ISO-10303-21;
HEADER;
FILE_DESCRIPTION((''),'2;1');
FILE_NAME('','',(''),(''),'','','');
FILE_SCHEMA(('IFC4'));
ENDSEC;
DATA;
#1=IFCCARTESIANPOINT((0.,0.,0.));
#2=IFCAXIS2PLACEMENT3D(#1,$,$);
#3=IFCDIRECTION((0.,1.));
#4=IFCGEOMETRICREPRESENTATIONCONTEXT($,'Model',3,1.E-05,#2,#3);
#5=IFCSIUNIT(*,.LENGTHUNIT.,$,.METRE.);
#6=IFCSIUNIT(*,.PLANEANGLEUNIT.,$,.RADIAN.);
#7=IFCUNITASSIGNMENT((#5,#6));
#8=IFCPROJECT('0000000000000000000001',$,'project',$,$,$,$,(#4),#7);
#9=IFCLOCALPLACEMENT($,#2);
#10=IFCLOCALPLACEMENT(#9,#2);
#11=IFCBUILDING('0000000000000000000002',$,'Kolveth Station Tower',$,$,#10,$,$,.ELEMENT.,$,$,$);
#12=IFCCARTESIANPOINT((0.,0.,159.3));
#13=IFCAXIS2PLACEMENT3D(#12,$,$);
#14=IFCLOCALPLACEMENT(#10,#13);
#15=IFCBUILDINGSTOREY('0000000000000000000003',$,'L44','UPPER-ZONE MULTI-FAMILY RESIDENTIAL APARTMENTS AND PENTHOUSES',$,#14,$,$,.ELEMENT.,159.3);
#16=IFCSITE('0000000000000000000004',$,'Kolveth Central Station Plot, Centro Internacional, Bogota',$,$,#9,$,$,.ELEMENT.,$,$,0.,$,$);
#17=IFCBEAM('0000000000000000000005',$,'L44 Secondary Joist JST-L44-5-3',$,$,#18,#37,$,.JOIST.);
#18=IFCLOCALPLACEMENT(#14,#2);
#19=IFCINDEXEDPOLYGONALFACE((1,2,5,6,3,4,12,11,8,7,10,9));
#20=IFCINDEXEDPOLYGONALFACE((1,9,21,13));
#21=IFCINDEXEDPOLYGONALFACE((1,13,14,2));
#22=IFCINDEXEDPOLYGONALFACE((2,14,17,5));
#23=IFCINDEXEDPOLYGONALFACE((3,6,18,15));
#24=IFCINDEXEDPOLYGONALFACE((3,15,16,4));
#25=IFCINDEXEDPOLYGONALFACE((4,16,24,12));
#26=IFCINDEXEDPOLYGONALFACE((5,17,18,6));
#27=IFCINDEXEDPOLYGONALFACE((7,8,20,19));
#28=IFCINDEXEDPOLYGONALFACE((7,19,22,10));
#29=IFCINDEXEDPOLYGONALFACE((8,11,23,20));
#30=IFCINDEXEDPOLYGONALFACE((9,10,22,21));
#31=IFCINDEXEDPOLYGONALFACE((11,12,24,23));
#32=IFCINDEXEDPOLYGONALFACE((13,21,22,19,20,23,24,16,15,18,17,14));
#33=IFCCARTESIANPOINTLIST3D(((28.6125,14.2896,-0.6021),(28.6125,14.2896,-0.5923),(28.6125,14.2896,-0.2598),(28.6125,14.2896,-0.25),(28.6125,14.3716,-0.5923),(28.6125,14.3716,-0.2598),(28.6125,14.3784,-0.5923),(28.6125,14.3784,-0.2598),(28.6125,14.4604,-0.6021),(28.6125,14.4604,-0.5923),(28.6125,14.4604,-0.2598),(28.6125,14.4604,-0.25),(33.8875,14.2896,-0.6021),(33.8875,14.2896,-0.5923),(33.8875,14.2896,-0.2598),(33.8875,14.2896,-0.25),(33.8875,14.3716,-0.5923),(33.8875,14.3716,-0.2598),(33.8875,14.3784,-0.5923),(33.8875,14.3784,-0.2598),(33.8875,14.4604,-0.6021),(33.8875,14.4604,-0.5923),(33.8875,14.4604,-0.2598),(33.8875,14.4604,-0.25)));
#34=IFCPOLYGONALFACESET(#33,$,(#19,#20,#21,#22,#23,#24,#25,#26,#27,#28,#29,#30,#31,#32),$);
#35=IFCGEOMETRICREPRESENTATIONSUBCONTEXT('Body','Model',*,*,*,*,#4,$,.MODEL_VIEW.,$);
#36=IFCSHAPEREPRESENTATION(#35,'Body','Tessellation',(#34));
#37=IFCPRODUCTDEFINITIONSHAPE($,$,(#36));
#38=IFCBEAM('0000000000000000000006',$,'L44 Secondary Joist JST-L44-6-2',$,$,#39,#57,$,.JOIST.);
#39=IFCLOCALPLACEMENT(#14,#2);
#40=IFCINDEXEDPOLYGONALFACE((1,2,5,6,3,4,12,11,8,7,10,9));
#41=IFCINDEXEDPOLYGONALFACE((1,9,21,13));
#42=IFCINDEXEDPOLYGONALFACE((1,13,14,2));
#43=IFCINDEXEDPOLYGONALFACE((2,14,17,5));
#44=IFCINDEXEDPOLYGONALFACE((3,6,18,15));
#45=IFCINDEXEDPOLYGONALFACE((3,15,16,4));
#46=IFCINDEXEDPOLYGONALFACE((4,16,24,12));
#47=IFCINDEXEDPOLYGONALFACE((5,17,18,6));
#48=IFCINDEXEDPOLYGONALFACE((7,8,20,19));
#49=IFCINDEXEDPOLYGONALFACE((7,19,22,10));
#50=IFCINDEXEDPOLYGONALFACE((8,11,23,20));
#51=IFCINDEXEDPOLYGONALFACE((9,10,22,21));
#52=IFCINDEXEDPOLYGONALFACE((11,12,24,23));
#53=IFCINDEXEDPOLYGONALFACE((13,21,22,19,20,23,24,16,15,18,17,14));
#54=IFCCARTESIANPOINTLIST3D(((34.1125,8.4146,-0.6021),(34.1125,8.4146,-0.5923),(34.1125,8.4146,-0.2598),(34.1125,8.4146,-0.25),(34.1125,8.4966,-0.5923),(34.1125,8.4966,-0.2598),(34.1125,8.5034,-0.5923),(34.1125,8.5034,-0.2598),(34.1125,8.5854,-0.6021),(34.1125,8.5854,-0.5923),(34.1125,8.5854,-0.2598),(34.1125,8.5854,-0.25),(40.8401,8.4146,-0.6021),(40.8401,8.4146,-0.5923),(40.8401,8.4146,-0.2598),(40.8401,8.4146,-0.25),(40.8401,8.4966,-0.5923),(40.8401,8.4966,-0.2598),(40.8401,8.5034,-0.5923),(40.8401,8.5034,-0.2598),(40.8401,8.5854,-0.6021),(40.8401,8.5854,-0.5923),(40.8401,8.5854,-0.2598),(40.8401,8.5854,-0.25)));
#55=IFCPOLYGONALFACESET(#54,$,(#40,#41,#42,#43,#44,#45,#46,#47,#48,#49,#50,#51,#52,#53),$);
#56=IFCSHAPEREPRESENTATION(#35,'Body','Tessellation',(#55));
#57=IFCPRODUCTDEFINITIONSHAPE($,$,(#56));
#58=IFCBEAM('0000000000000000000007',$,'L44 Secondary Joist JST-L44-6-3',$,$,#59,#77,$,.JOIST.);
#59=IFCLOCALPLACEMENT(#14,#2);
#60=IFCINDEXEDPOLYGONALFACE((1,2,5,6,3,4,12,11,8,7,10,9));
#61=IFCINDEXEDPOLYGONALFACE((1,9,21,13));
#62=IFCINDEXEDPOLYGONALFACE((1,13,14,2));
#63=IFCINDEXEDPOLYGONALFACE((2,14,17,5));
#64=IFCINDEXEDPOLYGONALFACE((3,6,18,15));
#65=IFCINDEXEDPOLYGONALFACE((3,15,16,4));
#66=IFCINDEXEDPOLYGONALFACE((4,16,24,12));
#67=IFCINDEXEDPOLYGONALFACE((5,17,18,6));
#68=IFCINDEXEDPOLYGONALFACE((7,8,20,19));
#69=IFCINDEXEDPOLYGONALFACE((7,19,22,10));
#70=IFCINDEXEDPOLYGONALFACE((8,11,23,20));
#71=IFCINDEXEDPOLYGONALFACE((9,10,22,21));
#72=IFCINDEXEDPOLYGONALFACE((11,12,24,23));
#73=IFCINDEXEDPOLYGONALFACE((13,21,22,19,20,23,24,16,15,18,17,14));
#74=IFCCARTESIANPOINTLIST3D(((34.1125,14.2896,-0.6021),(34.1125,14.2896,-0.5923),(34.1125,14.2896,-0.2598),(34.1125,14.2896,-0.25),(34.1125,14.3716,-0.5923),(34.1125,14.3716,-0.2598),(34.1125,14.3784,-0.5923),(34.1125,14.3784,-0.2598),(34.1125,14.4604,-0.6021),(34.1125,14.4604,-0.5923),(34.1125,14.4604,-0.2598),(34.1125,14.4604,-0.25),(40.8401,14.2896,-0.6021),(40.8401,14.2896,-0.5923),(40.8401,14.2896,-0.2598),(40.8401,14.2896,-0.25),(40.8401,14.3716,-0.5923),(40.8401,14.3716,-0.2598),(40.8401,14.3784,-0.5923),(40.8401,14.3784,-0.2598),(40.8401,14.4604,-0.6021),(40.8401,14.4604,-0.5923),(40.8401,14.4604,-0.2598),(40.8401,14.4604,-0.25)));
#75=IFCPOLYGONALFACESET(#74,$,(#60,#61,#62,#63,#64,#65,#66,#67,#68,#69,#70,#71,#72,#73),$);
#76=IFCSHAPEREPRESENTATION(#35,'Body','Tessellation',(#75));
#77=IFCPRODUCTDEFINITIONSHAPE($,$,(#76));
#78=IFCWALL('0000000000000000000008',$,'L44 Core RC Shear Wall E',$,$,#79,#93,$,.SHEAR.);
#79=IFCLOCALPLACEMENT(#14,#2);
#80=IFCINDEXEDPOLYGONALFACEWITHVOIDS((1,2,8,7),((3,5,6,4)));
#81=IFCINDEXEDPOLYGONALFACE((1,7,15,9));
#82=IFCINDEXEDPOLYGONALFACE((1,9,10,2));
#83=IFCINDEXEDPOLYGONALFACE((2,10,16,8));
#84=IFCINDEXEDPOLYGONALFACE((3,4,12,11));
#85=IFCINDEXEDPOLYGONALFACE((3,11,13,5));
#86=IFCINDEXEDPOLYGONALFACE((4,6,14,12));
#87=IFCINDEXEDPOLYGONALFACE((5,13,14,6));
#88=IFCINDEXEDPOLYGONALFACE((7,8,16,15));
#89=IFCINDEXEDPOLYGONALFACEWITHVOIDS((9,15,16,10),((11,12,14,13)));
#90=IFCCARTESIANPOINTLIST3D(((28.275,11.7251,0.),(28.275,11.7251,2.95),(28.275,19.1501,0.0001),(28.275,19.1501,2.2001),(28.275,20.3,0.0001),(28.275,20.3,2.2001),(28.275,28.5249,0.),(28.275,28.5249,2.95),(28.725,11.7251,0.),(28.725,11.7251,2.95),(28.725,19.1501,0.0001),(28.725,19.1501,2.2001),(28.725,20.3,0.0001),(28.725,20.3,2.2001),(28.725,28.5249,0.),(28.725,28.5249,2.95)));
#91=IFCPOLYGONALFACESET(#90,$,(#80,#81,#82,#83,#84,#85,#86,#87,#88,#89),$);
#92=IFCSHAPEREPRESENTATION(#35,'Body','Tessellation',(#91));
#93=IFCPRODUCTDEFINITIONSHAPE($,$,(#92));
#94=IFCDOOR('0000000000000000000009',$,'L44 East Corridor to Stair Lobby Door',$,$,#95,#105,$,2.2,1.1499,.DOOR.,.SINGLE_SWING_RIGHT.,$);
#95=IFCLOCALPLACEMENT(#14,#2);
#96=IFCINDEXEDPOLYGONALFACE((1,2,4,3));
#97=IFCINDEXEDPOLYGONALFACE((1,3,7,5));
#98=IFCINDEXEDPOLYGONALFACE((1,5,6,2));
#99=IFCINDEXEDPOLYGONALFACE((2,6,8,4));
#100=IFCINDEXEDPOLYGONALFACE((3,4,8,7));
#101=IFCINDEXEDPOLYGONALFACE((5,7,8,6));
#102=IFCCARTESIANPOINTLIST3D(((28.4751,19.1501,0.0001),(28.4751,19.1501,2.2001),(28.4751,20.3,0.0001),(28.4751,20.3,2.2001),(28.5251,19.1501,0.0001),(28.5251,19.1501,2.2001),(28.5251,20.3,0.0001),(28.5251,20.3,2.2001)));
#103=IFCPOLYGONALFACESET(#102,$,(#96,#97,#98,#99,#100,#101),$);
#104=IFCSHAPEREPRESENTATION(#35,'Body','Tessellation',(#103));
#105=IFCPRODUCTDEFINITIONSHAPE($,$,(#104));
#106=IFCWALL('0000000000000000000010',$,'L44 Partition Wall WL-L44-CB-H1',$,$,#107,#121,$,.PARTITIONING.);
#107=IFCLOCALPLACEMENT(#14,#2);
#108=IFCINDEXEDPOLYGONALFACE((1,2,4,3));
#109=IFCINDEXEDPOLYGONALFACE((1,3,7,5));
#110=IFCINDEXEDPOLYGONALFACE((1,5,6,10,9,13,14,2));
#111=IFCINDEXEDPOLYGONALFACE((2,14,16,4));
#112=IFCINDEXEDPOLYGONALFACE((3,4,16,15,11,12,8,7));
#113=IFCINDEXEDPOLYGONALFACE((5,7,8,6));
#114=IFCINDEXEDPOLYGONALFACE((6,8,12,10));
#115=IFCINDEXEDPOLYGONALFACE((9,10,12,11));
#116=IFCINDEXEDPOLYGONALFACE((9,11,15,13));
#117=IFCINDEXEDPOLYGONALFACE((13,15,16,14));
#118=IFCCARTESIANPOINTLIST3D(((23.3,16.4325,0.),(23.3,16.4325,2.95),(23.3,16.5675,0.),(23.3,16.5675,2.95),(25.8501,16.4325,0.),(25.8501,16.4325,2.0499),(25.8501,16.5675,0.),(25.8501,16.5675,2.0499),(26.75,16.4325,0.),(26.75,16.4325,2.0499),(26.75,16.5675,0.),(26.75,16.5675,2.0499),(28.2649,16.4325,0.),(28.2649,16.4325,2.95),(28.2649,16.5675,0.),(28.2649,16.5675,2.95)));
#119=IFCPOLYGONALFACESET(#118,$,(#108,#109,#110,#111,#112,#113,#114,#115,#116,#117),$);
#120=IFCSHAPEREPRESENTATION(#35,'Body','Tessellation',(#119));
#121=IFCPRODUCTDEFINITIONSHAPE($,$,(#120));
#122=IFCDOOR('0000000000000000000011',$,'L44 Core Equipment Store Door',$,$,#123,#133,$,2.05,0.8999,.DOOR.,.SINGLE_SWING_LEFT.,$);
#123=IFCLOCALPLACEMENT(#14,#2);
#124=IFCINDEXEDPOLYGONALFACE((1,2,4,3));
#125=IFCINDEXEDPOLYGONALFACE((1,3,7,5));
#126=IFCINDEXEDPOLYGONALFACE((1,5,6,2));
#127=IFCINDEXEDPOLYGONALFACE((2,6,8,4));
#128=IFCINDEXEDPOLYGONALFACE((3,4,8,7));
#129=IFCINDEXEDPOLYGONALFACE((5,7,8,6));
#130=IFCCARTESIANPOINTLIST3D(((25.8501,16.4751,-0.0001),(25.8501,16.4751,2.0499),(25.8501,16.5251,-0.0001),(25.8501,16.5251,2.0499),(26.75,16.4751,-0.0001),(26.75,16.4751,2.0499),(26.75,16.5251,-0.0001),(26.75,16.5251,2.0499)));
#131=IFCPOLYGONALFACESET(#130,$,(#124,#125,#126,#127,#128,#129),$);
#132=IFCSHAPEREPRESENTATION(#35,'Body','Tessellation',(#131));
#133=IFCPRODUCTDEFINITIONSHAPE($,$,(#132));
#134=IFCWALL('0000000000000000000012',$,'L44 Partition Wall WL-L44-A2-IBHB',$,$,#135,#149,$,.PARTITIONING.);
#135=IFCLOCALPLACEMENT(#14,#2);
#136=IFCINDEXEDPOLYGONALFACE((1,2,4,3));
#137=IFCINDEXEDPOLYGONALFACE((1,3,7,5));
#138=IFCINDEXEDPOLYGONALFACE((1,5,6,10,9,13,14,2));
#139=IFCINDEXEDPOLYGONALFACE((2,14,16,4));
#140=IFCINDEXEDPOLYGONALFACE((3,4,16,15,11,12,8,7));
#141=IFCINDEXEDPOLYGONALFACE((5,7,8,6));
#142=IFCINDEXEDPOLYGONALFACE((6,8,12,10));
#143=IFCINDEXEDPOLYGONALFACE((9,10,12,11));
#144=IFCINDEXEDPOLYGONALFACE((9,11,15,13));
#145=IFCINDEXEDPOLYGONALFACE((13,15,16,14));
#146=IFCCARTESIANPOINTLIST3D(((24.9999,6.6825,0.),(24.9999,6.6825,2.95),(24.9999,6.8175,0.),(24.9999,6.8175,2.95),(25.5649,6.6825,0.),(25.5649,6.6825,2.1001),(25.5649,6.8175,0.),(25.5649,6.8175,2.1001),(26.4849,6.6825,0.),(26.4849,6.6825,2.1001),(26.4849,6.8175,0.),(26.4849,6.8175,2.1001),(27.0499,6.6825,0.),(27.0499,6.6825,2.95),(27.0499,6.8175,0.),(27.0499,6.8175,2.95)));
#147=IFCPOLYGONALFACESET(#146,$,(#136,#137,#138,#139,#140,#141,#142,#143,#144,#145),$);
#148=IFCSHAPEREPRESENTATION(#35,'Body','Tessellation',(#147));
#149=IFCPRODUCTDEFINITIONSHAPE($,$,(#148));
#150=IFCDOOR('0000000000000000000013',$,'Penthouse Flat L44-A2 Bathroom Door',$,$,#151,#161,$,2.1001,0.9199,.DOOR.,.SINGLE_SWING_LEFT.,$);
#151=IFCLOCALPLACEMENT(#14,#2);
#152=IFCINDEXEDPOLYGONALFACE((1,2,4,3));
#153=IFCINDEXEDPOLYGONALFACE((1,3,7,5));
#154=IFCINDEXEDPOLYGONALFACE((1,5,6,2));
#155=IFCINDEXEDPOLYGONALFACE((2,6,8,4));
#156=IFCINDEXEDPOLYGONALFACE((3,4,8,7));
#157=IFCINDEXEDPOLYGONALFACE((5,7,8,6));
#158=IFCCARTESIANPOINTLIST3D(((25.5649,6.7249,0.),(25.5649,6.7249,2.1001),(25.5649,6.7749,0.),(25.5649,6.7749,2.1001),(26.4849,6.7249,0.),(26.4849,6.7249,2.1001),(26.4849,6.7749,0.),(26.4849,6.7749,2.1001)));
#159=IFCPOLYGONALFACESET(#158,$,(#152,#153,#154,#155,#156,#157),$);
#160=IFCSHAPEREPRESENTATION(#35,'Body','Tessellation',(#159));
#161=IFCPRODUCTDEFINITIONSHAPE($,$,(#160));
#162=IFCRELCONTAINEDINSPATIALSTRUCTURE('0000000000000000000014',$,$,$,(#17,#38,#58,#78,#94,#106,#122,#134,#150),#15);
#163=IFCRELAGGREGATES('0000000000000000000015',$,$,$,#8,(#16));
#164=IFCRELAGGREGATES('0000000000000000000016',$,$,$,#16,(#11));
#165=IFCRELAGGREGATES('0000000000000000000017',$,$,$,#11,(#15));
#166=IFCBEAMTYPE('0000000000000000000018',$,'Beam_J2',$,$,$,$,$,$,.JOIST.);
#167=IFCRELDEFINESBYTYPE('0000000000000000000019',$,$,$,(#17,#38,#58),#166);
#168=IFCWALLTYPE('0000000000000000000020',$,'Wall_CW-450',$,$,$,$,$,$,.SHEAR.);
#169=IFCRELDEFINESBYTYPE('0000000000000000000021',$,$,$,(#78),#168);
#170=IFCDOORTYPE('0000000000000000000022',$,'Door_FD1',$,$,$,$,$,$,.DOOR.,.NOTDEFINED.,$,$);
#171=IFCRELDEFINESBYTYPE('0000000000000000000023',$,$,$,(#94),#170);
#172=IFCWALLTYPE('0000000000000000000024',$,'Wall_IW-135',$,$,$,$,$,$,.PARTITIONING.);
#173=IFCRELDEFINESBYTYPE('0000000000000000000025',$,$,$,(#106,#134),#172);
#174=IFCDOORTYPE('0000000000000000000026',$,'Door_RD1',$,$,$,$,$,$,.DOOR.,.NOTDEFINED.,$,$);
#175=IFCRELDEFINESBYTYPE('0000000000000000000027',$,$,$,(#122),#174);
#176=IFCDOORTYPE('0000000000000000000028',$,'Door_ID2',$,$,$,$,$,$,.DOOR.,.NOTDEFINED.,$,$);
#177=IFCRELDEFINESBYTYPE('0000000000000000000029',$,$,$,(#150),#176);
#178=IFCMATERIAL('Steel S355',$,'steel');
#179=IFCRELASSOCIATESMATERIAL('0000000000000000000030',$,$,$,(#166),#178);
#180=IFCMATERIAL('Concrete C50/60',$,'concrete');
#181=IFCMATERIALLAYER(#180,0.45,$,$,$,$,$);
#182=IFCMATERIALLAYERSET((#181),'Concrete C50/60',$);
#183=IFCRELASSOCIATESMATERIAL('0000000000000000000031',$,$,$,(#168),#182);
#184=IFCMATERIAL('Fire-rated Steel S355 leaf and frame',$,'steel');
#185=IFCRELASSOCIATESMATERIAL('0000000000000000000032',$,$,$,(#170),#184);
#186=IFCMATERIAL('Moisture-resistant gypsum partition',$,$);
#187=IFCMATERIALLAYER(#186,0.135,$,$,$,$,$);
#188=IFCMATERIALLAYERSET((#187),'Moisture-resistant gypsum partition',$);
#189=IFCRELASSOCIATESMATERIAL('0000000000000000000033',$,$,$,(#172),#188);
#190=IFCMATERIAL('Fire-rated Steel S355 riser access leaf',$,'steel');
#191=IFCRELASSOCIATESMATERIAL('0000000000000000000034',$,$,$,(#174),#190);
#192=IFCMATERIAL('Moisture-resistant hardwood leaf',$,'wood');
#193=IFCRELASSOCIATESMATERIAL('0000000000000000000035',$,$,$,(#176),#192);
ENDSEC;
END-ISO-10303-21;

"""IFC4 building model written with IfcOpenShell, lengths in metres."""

from ifc_helpers import new_model, si_unit, direction, frame, frame_2d, origin, origin_2d, place, context, subcontext, project, spatial, rectangle, i_section, extrude, source, transform, mapped, material, layer, layer_set, material_profile, profile_set, type_object, element, fill, save


model = new_model("IFC4")

# Units and contexts
model_context = context("Model", 3, precision=1e-05, world=origin(), true_north=direction((0.0, 1.0)))
body_context = subcontext(model_context, "Body", "Model", "MODEL_VIEW")
ifc_project = project(units=[si_unit("LENGTHUNIT", "METRE"), si_unit("PLANEANGLEUNIT", "RADIAN")], contexts=[model_context])

# Site, building, storey
site_placement = place(None, origin())
site = spatial("IfcSite", under=ifc_project, at=site_placement, Name="Kolveth Central Station Plot, Centro Internacional, Bogota", CompositionType="ELEMENT", RefElevation=0.0)
building_placement = place(site_placement, origin())
building = spatial("IfcBuilding", under=site, at=building_placement, Name="Kolveth Station Tower", CompositionType="ELEMENT")
storey_placement = place(building_placement, frame((0.0, 0.0, 159.3)))
storey = spatial("IfcBuildingStorey", under=building, at=storey_placement, Name="L44", Description="UPPER-ZONE MULTI-FAMILY RESIDENTIAL APARTMENTS AND PENTHOUSES", CompositionType="ELEMENT", Elevation=159.3)

# Shared definitions
ifc_material_1 = material(Name="Steel S355", Category="steel")

# Beams
ifc_material_profile_1 = material_profile(ifc_material_1, i_section(OverallWidth=0.1709, OverallDepth=0.3521, WebThickness=0.0068, FlangeThickness=0.0098, at=origin_2d()), Name="W360x44")
ifc_profile_set_1 = profile_set([ifc_material_profile_1], Name="Steel S355")
beam_type_1 = type_object("IfcBeamType", Name="Beam_J2", PredefinedType="JOIST", material=ifc_profile_set_1)
shared_shape_1 = source(origin(), body_context, "Body", "SweptSolid", [
    extrude(i_section(OverallWidth=0.1709, OverallDepth=0.3521, WebThickness=0.0068, FlangeThickness=0.0098, at=origin_2d()), origin(), (0.0, 0.0, 1.0), 5.2749),
])
for number, where, z_axis, x_axis, name in (
    (1, (28.6125, 14.375, -0.426), (1.0, 0.0, 0.0), (0.0, 1.0, 0.0), "L44 Secondary Joist JST-L44-5-3"),
):
    element("IfcBeam", number, at=place(storey_placement, frame(where, z_axis=z_axis, x_axis=x_axis)), inside=storey, type_object=beam_type_1, Name=name, PredefinedType="JOIST", context=body_context, shape_type="MappedRepresentation", body=[
        mapped(shared_shape_1, transform((0.0, 0.0, 0.0), x_axis=(1.0, 0.0, 0.0), y_axis=(0.0, 1.0, 0.0), z_axis=(0.0, 0.0, 1.0), scale=1.0)),
    ])
shared_shape_2 = source(origin(), body_context, "Body", "SweptSolid", [
    extrude(i_section(OverallWidth=0.1709, OverallDepth=0.3521, WebThickness=0.0068, FlangeThickness=0.0098, at=origin_2d()), origin(), (0.0, 0.0, 1.0), 6.7275),
])
for number, where, z_axis, x_axis, name in (
    (2, (34.1125, 8.5, -0.426), (1.0, 0.0, 0.0), (0.0, 1.0, 0.0), "L44 Secondary Joist JST-L44-6-2"),
    (3, (34.1125, 14.375, -0.426), (1.0, 0.0, 0.0), (0.0, 1.0, 0.0), "L44 Secondary Joist JST-L44-6-3"),
):
    element("IfcBeam", number, at=place(storey_placement, frame(where, z_axis=z_axis, x_axis=x_axis)), inside=storey, type_object=beam_type_1, Name=name, PredefinedType="JOIST", context=body_context, shape_type="MappedRepresentation", body=[
        mapped(shared_shape_2, transform((0.0, 0.0, 0.0), x_axis=(1.0, 0.0, 0.0), y_axis=(0.0, 1.0, 0.0), z_axis=(0.0, 0.0, 1.0), scale=1.0)),
    ])

# Walls, openings, doors
ifc_material_2 = material(Name="Concrete C50/60", Category="concrete")
ifc_layer_1 = layer(ifc_material_2, 0.45)
ifc_layer_set_1 = layer_set([ifc_layer_1], Name="Concrete C50/60")
wall_type_1 = type_object("IfcWallType", Name="Wall_CW-450", PredefinedType="SHEAR", material=ifc_layer_set_1)
wall_1_placement = place(storey_placement, frame((28.5, 11.7251, 0.0), z_axis=(0.0, 0.0, 1.0), x_axis=(0.0, 1.0, 0.0)))
wall_1 = element("IfcWall", 4, at=wall_1_placement, inside=storey, type_object=wall_type_1, Name="L44 Core RC Shear Wall E", PredefinedType="SHEAR", context=body_context, shape_type="SweptSolid", body=[
    extrude(rectangle(XDim=16.7998, YDim=0.45, at=frame_2d((8.3999, 0.0))), origin(), (0.0, 0.0, 1.0), 2.95),
])
opening_1_placement = place(wall_1_placement, frame((7.425, 0.0, 0.0)))
opening_1 = element("IfcOpeningElement", 5, at=opening_1_placement, cuts=wall_1, PredefinedType="OPENING", context=body_context, shape_type="SweptSolid", body=[
    extrude(rectangle(XDim=1.1499, YDim=2.2, at=frame_2d((0.575, 1.1001))), frame((0.0, 0.2349, 0.0), z_axis=(0.0, -1.0, 0.0), x_axis=(1.0, 0.0, 0.0)), (0.0, 0.0, 1.0), 0.47),
])
ifc_material_3 = material(Name="Fire-rated Steel S355 leaf and frame", Category="steel")
door_type_1 = type_object("IfcDoorType", Name="Door_FD1", OperationType="NOTDEFINED", PredefinedType="DOOR", material=ifc_material_3)
door_1_placement = place(opening_1_placement, origin())
door_1 = element("IfcDoor", 6, at=door_1_placement, inside=storey, type_object=door_type_1, Name="L44 East Corridor to Stair Lobby Door", OperationType="SINGLE_SWING_RIGHT", OverallHeight=2.2, OverallWidth=1.1499, PredefinedType="DOOR", context=body_context, shape_type="SweptSolid", body=[
    extrude(rectangle(XDim=1.1499, YDim=2.2, at=frame_2d((0.575, 1.1001))), frame((0.0, 0.0249, 0.0), z_axis=(0.0, -1.0, 0.0), x_axis=(1.0, 0.0, 0.0)), (0.0, 0.0, 1.0), 0.05),
])
fill(opening_1, door_1)
ifc_material_4 = material(Name="Moisture-resistant gypsum partition")
ifc_layer_2 = layer(ifc_material_4, 0.135)
ifc_layer_set_2 = layer_set([ifc_layer_2], Name="Moisture-resistant gypsum partition")
wall_type_2 = type_object("IfcWallType", Name="Wall_IW-135", PredefinedType="PARTITIONING", material=ifc_layer_set_2)
wall_2_placement = place(storey_placement, frame((23.3, 16.5, 0.0), z_axis=(0.0, 0.0, 1.0), x_axis=(1.0, 0.0, 0.0)))
wall_2 = element("IfcWall", 7, at=wall_2_placement, inside=storey, type_object=wall_type_2, Name="L44 Partition Wall WL-L44-CB-H1", PredefinedType="PARTITIONING", context=body_context, shape_type="SweptSolid", body=[
    extrude(rectangle(XDim=4.9648, YDim=0.135, at=frame_2d((2.4824, 0.0))), origin(), (0.0, 0.0, 1.0), 2.95),
])
opening_2_placement = place(wall_2_placement, frame((2.55, 0.0, 0.0)))
opening_2 = element("IfcOpeningElement", 8, at=opening_2_placement, cuts=wall_2, PredefinedType="OPENING", context=body_context, shape_type="SweptSolid", body=[
    extrude(rectangle(XDim=0.8999, YDim=2.05, at=frame_2d((0.45, 1.0249))), frame((0.0, 0.0774, 0.0), z_axis=(0.0, -1.0, 0.0), x_axis=(1.0, 0.0, 0.0)), (0.0, 0.0, 1.0), 0.155),
])
ifc_material_5 = material(Name="Fire-rated Steel S355 riser access leaf", Category="steel")
door_type_2 = type_object("IfcDoorType", Name="Door_RD1", OperationType="NOTDEFINED", PredefinedType="DOOR", material=ifc_material_5)
door_2_placement = place(opening_2_placement, frame((0.8999, 0.0, 0.0), z_axis=(0.0, 0.0, 1.0), x_axis=(-1.0, 0.0, 0.0)))
door_2 = element("IfcDoor", 9, at=door_2_placement, inside=storey, type_object=door_type_2, Name="L44 Core Equipment Store Door", OperationType="SINGLE_SWING_LEFT", OverallHeight=2.05, OverallWidth=0.8999, PredefinedType="DOOR", context=body_context, shape_type="SweptSolid", body=[
    extrude(rectangle(XDim=0.8999, YDim=2.05, at=frame_2d((0.45, 1.0249))), frame((0.0, 0.0249, 0.0), z_axis=(0.0, -1.0, 0.0), x_axis=(1.0, 0.0, 0.0)), (0.0, 0.0, 1.0), 0.05),
])
fill(opening_2, door_2)
wall_3_placement = place(storey_placement, frame((25.0, 6.75, 0.0), z_axis=(0.0, 0.0, 1.0), x_axis=(1.0, 0.0, 0.0)))
wall_3 = element("IfcWall", 10, at=wall_3_placement, inside=storey, type_object=wall_type_2, Name="L44 Partition Wall WL-L44-A2-IBHB", PredefinedType="PARTITIONING", context=body_context, shape_type="SweptSolid", body=[
    extrude(rectangle(XDim=2.05, YDim=0.135, at=frame_2d((1.0249, 0.0))), origin(), (0.0, 0.0, 1.0), 2.95),
])
opening_3_placement = place(wall_3_placement, frame((0.5649, 0.0, 0.0)))
opening_3 = element("IfcOpeningElement", 11, at=opening_3_placement, cuts=wall_3, PredefinedType="OPENING", context=body_context, shape_type="SweptSolid", body=[
    extrude(rectangle(XDim=0.9199, YDim=2.1001, at=frame_2d((0.46, 1.05))), frame((0.0, 0.0774, 0.0), z_axis=(0.0, -1.0, 0.0), x_axis=(1.0, 0.0, 0.0)), (0.0, 0.0, 1.0), 0.155),
])
ifc_material_6 = material(Name="Moisture-resistant hardwood leaf", Category="wood")
door_type_3 = type_object("IfcDoorType", Name="Door_ID2", OperationType="NOTDEFINED", PredefinedType="DOOR", material=ifc_material_6)
door_3_placement = place(opening_3_placement, origin())
door_3 = element("IfcDoor", 12, at=door_3_placement, inside=storey, type_object=door_type_3, Name="Penthouse Flat L44-A2 Bathroom Door", OperationType="SINGLE_SWING_LEFT", OverallHeight=2.1001, OverallWidth=0.9199, PredefinedType="DOOR", context=body_context, shape_type="SweptSolid", body=[
    extrude(rectangle(XDim=0.9199, YDim=2.1001, at=frame_2d((0.46, 1.05))), frame((0.0, 0.0249, 0.0), z_axis=(0.0, -1.0, 0.0), x_axis=(1.0, 0.0, 0.0)), (0.0, 0.0, 1.0), 0.05),
])
fill(opening_3, door_3)

save(model, "model.ifc")
